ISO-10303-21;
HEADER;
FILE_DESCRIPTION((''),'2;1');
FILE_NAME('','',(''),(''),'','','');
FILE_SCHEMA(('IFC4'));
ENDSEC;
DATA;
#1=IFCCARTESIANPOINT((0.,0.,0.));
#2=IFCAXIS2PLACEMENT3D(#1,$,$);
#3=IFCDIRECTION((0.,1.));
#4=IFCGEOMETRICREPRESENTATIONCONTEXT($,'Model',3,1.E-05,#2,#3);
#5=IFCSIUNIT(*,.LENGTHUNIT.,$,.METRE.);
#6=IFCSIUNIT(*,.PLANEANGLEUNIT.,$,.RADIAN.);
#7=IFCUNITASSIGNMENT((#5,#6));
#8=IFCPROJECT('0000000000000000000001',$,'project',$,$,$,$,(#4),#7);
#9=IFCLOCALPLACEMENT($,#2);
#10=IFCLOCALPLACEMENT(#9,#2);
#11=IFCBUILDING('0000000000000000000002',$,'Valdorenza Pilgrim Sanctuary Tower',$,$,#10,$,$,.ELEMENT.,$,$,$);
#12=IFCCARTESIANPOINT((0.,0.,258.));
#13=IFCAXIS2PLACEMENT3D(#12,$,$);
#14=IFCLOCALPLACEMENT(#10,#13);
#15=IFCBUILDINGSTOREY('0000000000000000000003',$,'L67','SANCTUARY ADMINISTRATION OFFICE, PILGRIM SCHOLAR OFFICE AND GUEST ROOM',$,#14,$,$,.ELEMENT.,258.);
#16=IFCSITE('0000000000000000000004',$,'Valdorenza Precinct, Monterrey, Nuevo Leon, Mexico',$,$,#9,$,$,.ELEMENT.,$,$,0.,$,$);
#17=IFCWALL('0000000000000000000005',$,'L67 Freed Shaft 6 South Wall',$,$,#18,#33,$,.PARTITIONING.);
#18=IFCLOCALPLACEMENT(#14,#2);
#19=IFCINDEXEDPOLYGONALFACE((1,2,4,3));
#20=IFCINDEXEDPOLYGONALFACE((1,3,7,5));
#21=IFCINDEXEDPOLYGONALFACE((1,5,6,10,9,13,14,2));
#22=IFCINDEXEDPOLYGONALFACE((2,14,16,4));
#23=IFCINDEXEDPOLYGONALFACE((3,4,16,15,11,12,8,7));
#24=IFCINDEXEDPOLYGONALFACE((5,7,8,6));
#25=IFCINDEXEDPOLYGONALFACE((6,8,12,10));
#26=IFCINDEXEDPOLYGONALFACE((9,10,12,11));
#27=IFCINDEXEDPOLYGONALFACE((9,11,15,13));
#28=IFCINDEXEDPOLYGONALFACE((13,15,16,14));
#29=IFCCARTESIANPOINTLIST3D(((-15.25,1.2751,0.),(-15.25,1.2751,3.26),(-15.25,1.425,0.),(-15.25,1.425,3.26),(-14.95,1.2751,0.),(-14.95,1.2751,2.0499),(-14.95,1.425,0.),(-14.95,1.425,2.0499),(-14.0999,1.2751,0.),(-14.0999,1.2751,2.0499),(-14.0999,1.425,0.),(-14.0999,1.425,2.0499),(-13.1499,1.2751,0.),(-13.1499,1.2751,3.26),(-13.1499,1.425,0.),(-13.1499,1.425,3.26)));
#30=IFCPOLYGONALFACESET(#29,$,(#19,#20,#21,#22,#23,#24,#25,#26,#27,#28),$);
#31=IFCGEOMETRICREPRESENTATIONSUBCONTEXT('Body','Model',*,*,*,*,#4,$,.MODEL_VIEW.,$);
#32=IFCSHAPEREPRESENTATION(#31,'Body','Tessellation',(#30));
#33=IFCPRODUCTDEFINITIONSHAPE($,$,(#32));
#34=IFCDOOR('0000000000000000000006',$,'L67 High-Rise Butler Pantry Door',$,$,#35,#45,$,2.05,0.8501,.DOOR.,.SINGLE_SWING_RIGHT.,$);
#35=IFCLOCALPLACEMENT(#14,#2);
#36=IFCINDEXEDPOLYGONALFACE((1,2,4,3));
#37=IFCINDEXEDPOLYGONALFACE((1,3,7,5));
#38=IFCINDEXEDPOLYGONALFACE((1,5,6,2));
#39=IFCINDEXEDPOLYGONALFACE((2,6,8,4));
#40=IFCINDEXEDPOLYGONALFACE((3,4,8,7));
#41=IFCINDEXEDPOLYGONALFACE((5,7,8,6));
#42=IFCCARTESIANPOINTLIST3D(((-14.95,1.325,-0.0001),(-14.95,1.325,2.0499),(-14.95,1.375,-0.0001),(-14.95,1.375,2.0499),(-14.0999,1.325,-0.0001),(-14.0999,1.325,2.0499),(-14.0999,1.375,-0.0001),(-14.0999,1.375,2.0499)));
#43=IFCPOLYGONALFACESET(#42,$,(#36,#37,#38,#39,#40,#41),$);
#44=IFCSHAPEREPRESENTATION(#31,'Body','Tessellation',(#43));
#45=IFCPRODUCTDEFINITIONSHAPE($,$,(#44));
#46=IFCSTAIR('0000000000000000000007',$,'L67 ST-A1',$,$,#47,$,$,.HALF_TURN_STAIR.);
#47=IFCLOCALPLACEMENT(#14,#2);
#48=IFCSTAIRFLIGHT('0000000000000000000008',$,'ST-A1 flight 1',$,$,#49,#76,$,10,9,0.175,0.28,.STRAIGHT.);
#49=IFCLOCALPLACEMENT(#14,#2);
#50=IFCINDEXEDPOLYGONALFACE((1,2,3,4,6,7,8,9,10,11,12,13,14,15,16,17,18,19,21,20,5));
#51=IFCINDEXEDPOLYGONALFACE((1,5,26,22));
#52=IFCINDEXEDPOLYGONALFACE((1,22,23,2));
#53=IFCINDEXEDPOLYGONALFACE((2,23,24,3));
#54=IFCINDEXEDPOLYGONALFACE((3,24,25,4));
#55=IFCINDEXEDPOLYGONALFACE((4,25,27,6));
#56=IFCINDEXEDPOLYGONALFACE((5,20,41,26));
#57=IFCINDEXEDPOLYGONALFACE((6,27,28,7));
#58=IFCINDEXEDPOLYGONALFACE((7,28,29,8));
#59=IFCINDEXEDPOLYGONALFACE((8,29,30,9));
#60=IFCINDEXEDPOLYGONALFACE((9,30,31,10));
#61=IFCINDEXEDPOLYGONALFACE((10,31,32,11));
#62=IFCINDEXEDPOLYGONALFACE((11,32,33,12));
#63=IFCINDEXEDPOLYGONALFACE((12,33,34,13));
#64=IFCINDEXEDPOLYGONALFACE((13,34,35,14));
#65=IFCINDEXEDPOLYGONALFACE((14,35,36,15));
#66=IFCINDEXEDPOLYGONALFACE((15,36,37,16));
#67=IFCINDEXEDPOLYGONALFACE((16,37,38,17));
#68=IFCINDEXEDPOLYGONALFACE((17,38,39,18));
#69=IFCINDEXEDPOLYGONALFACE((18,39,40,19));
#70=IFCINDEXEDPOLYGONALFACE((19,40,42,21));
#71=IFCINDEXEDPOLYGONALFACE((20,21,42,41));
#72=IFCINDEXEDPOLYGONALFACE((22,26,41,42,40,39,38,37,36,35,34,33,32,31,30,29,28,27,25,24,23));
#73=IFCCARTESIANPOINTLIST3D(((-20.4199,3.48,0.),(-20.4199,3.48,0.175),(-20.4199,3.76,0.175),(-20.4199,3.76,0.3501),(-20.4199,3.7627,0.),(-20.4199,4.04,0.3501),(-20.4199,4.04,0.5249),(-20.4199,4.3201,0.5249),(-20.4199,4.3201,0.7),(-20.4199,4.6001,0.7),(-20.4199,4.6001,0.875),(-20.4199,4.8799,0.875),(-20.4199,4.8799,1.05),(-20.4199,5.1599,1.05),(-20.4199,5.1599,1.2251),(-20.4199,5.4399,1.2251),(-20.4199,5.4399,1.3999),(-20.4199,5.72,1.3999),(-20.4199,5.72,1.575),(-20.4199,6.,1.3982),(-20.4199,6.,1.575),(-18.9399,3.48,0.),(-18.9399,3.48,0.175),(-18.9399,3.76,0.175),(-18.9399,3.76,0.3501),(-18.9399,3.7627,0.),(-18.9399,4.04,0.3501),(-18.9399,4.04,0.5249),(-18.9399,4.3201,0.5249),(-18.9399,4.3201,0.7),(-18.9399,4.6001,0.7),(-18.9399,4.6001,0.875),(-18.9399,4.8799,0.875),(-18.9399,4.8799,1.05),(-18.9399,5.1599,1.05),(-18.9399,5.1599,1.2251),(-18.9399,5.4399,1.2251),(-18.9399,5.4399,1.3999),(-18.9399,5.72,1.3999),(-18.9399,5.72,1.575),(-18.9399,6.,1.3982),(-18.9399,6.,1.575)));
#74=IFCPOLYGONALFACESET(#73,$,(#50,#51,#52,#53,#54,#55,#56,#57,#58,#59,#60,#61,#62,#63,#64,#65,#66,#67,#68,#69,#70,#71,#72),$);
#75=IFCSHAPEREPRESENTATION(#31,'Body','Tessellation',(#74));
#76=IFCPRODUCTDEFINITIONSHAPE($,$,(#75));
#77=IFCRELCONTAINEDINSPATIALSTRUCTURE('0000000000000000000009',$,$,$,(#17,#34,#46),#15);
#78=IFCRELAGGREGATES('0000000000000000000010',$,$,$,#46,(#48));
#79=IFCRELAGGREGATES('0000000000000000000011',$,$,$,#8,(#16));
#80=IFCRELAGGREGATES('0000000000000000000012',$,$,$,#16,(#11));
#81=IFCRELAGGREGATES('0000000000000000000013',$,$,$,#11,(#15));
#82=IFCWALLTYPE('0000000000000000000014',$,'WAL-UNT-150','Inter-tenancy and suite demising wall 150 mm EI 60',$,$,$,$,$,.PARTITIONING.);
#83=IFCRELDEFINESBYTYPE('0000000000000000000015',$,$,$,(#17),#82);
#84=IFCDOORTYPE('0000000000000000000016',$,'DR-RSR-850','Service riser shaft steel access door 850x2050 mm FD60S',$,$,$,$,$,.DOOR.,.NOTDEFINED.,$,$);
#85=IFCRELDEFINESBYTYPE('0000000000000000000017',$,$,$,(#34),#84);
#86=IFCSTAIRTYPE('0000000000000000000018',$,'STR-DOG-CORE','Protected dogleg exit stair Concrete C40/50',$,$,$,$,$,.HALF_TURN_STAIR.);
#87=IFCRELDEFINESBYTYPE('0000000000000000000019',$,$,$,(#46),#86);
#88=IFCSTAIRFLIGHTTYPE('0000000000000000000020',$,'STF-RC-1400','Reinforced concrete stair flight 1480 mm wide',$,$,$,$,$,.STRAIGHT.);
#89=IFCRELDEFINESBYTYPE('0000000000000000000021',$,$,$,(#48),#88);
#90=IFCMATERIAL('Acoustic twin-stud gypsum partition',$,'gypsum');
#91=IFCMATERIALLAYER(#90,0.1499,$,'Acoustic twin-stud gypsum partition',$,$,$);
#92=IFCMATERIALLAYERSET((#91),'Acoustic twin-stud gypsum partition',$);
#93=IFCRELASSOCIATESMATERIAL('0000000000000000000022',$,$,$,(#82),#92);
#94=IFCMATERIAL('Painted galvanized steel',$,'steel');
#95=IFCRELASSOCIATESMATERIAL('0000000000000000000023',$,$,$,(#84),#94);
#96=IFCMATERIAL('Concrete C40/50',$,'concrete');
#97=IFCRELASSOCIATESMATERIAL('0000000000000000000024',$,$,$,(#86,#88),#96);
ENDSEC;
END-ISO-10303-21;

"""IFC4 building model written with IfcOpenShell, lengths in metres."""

from ifc_helpers import new_model, si_unit, direction, frame, frame_2d, origin, place, context, subcontext, project, spatial, polyline, rectangle, outline, extrude, material, layer, layer_set, type_object, element, fill, aggregate, save


model = new_model("IFC4")

# Units and contexts
model_context = context("Model", 3, precision=1e-05, world=origin(), true_north=direction((0.0, 1.0)))
body_context = subcontext(model_context, "Body", "Model", "MODEL_VIEW")
ifc_project = project(units=[si_unit("LENGTHUNIT", "METRE"), si_unit("PLANEANGLEUNIT", "RADIAN")], contexts=[model_context])

# Site, building, storey
site_placement = place(None, origin())
site = spatial("IfcSite", under=ifc_project, at=site_placement, Name="Valdorenza Precinct, Monterrey, Nuevo Leon, Mexico", CompositionType="ELEMENT", RefElevation=0.0)
building_placement = place(site_placement, origin())
building = spatial("IfcBuilding", under=site, at=building_placement, Name="Valdorenza Pilgrim Sanctuary Tower", CompositionType="ELEMENT")
storey_placement = place(building_placement, frame((0.0, 0.0, 258.0)))
storey = spatial("IfcBuildingStorey", under=building, at=storey_placement, Name="L67", Description="SANCTUARY ADMINISTRATION OFFICE, PILGRIM SCHOLAR OFFICE AND GUEST ROOM", CompositionType="ELEMENT", Elevation=258.0)

# Shared definitions
ifc_material_1 = material(Name="Concrete C40/50", Category="concrete")

# Shared definitions
ifc_material_2 = material(Name="Painted galvanized steel", Category="steel")

# Shared definitions
ifc_material_3 = material(Name="Acoustic twin-stud gypsum partition", Category="gypsum")
ifc_layer_1 = layer(ifc_material_3, 0.1499, Name="Acoustic twin-stud gypsum partition")
ifc_layer_set_1 = layer_set([ifc_layer_1], Name="Acoustic twin-stud gypsum partition")
wall_type_1 = type_object("IfcWallType", Name="WAL-UNT-150", Description="Inter-tenancy and suite demising wall 150 mm EI 60", PredefinedType="PARTITIONING", material=ifc_layer_set_1)

# Wall, opening, door
wall_1_placement = place(storey_placement, frame((-15.25, 1.3501, 0.0), z_axis=(0.0, 0.0, 1.0), x_axis=(1.0, 0.0, 0.0)))
wall_1 = element("IfcWall", 1, at=wall_1_placement, inside=storey, type_object=wall_type_1, Name="L67 Freed Shaft 6 South Wall", PredefinedType="PARTITIONING", context=body_context, shape_type="SweptSolid", body=[
    extrude(rectangle(XDim=2.1001, YDim=0.1499, at=frame_2d((1.05, 0.0))), origin(), (0.0, 0.0, 1.0), 3.26),
])
opening_1_placement = place(wall_1_placement, frame((0.3, 0.0, 0.0)))
opening_1 = element("IfcOpeningElement", 2, at=opening_1_placement, cuts=wall_1, PredefinedType="OPENING", context=body_context, shape_type="SweptSolid", body=[
    extrude(rectangle(XDim=0.8501, YDim=2.05, at=frame_2d((0.425, 1.0249))), frame((0.0, 0.0898, 0.0), z_axis=(0.0, -1.0, 0.0), x_axis=(1.0, 0.0, 0.0)), (0.0, 0.0, 1.0), 0.1797),
])
door_type_1 = type_object("IfcDoorType", Name="DR-RSR-850", Description="Service riser shaft steel access door 850x2050 mm FD60S", OperationType="NOTDEFINED", PredefinedType="DOOR", material=ifc_material_2)
door_1_placement = place(opening_1_placement, origin())
door_1 = element("IfcDoor", 3, at=door_1_placement, inside=storey, type_object=door_type_1, Name="L67 High-Rise Butler Pantry Door", OperationType="SINGLE_SWING_RIGHT", OverallHeight=2.05, OverallWidth=0.8501, PredefinedType="DOOR", context=body_context, shape_type="SweptSolid", body=[
    extrude(rectangle(XDim=0.8501, YDim=2.05, at=frame_2d((0.425, 1.0249))), frame((0.0, 0.0249, 0.0), z_axis=(0.0, -1.0, 0.0), x_axis=(1.0, 0.0, 0.0)), (0.0, 0.0, 1.0), 0.05),
])
fill(opening_1, door_1)

# Stair, stair flight
stair_type = type_object("IfcStairType", Name="STR-DOG-CORE", Description="Protected dogleg exit stair Concrete C40/50", PredefinedType="HALF_TURN_STAIR", material=ifc_material_1)
stair_placement = place(storey_placement, origin())
stair = element("IfcStair", 4, at=stair_placement, inside=storey, type_object=stair_type, Name="L67 ST-A1", PredefinedType="HALF_TURN_STAIR")
stair_flight_type = type_object("IfcStairFlightType", Name="STF-RC-1400", Description="Reinforced concrete stair flight 1480 mm wide", PredefinedType="STRAIGHT", material=ifc_material_1)
stair_flight_placement = place(storey_placement, frame((-19.6799, 3.48, 0.0), z_axis=(0.0, 0.0, 1.0), x_axis=(0.0, 1.0, 0.0)))
stair_flight = element("IfcStairFlight", 5, at=stair_flight_placement, type_object=stair_flight_type, Name="ST-A1 flight 1", NumberOfRisers=10, NumberOfTreads=9, PredefinedType="STRAIGHT", RiserHeight=0.175, TreadLength=0.28, context=body_context, shape_type="SweptSolid", body=[
    extrude(outline(polyline([(0.0, 0.0), (0.0, 0.175), (0.28, 0.175), (0.28, 0.3501), (0.5601, 0.3501), (0.5601, 0.5249), (0.8401, 0.5249), (0.8401, 0.7), (1.1201, 0.7), (1.1201, 0.875), (1.3999, 0.875), (1.3999, 1.05), (1.6799, 1.05), (1.6799, 1.2251), (1.96, 1.2251), (1.96, 1.3999), (2.24, 1.3999), (2.24, 1.575), (2.52, 1.575), (2.52, 1.75), (2.52, 1.3982), (0.2827, 0.0), (0.0, 0.0)])), frame((0.0, 0.74, 0.0), z_axis=(0.0, -1.0, 0.0), x_axis=(1.0, 0.0, 0.0)), (0.0, 0.0, 1.0), 1.48),
])
aggregate(stair, [stair_flight])

save(model, "model.ifc")
